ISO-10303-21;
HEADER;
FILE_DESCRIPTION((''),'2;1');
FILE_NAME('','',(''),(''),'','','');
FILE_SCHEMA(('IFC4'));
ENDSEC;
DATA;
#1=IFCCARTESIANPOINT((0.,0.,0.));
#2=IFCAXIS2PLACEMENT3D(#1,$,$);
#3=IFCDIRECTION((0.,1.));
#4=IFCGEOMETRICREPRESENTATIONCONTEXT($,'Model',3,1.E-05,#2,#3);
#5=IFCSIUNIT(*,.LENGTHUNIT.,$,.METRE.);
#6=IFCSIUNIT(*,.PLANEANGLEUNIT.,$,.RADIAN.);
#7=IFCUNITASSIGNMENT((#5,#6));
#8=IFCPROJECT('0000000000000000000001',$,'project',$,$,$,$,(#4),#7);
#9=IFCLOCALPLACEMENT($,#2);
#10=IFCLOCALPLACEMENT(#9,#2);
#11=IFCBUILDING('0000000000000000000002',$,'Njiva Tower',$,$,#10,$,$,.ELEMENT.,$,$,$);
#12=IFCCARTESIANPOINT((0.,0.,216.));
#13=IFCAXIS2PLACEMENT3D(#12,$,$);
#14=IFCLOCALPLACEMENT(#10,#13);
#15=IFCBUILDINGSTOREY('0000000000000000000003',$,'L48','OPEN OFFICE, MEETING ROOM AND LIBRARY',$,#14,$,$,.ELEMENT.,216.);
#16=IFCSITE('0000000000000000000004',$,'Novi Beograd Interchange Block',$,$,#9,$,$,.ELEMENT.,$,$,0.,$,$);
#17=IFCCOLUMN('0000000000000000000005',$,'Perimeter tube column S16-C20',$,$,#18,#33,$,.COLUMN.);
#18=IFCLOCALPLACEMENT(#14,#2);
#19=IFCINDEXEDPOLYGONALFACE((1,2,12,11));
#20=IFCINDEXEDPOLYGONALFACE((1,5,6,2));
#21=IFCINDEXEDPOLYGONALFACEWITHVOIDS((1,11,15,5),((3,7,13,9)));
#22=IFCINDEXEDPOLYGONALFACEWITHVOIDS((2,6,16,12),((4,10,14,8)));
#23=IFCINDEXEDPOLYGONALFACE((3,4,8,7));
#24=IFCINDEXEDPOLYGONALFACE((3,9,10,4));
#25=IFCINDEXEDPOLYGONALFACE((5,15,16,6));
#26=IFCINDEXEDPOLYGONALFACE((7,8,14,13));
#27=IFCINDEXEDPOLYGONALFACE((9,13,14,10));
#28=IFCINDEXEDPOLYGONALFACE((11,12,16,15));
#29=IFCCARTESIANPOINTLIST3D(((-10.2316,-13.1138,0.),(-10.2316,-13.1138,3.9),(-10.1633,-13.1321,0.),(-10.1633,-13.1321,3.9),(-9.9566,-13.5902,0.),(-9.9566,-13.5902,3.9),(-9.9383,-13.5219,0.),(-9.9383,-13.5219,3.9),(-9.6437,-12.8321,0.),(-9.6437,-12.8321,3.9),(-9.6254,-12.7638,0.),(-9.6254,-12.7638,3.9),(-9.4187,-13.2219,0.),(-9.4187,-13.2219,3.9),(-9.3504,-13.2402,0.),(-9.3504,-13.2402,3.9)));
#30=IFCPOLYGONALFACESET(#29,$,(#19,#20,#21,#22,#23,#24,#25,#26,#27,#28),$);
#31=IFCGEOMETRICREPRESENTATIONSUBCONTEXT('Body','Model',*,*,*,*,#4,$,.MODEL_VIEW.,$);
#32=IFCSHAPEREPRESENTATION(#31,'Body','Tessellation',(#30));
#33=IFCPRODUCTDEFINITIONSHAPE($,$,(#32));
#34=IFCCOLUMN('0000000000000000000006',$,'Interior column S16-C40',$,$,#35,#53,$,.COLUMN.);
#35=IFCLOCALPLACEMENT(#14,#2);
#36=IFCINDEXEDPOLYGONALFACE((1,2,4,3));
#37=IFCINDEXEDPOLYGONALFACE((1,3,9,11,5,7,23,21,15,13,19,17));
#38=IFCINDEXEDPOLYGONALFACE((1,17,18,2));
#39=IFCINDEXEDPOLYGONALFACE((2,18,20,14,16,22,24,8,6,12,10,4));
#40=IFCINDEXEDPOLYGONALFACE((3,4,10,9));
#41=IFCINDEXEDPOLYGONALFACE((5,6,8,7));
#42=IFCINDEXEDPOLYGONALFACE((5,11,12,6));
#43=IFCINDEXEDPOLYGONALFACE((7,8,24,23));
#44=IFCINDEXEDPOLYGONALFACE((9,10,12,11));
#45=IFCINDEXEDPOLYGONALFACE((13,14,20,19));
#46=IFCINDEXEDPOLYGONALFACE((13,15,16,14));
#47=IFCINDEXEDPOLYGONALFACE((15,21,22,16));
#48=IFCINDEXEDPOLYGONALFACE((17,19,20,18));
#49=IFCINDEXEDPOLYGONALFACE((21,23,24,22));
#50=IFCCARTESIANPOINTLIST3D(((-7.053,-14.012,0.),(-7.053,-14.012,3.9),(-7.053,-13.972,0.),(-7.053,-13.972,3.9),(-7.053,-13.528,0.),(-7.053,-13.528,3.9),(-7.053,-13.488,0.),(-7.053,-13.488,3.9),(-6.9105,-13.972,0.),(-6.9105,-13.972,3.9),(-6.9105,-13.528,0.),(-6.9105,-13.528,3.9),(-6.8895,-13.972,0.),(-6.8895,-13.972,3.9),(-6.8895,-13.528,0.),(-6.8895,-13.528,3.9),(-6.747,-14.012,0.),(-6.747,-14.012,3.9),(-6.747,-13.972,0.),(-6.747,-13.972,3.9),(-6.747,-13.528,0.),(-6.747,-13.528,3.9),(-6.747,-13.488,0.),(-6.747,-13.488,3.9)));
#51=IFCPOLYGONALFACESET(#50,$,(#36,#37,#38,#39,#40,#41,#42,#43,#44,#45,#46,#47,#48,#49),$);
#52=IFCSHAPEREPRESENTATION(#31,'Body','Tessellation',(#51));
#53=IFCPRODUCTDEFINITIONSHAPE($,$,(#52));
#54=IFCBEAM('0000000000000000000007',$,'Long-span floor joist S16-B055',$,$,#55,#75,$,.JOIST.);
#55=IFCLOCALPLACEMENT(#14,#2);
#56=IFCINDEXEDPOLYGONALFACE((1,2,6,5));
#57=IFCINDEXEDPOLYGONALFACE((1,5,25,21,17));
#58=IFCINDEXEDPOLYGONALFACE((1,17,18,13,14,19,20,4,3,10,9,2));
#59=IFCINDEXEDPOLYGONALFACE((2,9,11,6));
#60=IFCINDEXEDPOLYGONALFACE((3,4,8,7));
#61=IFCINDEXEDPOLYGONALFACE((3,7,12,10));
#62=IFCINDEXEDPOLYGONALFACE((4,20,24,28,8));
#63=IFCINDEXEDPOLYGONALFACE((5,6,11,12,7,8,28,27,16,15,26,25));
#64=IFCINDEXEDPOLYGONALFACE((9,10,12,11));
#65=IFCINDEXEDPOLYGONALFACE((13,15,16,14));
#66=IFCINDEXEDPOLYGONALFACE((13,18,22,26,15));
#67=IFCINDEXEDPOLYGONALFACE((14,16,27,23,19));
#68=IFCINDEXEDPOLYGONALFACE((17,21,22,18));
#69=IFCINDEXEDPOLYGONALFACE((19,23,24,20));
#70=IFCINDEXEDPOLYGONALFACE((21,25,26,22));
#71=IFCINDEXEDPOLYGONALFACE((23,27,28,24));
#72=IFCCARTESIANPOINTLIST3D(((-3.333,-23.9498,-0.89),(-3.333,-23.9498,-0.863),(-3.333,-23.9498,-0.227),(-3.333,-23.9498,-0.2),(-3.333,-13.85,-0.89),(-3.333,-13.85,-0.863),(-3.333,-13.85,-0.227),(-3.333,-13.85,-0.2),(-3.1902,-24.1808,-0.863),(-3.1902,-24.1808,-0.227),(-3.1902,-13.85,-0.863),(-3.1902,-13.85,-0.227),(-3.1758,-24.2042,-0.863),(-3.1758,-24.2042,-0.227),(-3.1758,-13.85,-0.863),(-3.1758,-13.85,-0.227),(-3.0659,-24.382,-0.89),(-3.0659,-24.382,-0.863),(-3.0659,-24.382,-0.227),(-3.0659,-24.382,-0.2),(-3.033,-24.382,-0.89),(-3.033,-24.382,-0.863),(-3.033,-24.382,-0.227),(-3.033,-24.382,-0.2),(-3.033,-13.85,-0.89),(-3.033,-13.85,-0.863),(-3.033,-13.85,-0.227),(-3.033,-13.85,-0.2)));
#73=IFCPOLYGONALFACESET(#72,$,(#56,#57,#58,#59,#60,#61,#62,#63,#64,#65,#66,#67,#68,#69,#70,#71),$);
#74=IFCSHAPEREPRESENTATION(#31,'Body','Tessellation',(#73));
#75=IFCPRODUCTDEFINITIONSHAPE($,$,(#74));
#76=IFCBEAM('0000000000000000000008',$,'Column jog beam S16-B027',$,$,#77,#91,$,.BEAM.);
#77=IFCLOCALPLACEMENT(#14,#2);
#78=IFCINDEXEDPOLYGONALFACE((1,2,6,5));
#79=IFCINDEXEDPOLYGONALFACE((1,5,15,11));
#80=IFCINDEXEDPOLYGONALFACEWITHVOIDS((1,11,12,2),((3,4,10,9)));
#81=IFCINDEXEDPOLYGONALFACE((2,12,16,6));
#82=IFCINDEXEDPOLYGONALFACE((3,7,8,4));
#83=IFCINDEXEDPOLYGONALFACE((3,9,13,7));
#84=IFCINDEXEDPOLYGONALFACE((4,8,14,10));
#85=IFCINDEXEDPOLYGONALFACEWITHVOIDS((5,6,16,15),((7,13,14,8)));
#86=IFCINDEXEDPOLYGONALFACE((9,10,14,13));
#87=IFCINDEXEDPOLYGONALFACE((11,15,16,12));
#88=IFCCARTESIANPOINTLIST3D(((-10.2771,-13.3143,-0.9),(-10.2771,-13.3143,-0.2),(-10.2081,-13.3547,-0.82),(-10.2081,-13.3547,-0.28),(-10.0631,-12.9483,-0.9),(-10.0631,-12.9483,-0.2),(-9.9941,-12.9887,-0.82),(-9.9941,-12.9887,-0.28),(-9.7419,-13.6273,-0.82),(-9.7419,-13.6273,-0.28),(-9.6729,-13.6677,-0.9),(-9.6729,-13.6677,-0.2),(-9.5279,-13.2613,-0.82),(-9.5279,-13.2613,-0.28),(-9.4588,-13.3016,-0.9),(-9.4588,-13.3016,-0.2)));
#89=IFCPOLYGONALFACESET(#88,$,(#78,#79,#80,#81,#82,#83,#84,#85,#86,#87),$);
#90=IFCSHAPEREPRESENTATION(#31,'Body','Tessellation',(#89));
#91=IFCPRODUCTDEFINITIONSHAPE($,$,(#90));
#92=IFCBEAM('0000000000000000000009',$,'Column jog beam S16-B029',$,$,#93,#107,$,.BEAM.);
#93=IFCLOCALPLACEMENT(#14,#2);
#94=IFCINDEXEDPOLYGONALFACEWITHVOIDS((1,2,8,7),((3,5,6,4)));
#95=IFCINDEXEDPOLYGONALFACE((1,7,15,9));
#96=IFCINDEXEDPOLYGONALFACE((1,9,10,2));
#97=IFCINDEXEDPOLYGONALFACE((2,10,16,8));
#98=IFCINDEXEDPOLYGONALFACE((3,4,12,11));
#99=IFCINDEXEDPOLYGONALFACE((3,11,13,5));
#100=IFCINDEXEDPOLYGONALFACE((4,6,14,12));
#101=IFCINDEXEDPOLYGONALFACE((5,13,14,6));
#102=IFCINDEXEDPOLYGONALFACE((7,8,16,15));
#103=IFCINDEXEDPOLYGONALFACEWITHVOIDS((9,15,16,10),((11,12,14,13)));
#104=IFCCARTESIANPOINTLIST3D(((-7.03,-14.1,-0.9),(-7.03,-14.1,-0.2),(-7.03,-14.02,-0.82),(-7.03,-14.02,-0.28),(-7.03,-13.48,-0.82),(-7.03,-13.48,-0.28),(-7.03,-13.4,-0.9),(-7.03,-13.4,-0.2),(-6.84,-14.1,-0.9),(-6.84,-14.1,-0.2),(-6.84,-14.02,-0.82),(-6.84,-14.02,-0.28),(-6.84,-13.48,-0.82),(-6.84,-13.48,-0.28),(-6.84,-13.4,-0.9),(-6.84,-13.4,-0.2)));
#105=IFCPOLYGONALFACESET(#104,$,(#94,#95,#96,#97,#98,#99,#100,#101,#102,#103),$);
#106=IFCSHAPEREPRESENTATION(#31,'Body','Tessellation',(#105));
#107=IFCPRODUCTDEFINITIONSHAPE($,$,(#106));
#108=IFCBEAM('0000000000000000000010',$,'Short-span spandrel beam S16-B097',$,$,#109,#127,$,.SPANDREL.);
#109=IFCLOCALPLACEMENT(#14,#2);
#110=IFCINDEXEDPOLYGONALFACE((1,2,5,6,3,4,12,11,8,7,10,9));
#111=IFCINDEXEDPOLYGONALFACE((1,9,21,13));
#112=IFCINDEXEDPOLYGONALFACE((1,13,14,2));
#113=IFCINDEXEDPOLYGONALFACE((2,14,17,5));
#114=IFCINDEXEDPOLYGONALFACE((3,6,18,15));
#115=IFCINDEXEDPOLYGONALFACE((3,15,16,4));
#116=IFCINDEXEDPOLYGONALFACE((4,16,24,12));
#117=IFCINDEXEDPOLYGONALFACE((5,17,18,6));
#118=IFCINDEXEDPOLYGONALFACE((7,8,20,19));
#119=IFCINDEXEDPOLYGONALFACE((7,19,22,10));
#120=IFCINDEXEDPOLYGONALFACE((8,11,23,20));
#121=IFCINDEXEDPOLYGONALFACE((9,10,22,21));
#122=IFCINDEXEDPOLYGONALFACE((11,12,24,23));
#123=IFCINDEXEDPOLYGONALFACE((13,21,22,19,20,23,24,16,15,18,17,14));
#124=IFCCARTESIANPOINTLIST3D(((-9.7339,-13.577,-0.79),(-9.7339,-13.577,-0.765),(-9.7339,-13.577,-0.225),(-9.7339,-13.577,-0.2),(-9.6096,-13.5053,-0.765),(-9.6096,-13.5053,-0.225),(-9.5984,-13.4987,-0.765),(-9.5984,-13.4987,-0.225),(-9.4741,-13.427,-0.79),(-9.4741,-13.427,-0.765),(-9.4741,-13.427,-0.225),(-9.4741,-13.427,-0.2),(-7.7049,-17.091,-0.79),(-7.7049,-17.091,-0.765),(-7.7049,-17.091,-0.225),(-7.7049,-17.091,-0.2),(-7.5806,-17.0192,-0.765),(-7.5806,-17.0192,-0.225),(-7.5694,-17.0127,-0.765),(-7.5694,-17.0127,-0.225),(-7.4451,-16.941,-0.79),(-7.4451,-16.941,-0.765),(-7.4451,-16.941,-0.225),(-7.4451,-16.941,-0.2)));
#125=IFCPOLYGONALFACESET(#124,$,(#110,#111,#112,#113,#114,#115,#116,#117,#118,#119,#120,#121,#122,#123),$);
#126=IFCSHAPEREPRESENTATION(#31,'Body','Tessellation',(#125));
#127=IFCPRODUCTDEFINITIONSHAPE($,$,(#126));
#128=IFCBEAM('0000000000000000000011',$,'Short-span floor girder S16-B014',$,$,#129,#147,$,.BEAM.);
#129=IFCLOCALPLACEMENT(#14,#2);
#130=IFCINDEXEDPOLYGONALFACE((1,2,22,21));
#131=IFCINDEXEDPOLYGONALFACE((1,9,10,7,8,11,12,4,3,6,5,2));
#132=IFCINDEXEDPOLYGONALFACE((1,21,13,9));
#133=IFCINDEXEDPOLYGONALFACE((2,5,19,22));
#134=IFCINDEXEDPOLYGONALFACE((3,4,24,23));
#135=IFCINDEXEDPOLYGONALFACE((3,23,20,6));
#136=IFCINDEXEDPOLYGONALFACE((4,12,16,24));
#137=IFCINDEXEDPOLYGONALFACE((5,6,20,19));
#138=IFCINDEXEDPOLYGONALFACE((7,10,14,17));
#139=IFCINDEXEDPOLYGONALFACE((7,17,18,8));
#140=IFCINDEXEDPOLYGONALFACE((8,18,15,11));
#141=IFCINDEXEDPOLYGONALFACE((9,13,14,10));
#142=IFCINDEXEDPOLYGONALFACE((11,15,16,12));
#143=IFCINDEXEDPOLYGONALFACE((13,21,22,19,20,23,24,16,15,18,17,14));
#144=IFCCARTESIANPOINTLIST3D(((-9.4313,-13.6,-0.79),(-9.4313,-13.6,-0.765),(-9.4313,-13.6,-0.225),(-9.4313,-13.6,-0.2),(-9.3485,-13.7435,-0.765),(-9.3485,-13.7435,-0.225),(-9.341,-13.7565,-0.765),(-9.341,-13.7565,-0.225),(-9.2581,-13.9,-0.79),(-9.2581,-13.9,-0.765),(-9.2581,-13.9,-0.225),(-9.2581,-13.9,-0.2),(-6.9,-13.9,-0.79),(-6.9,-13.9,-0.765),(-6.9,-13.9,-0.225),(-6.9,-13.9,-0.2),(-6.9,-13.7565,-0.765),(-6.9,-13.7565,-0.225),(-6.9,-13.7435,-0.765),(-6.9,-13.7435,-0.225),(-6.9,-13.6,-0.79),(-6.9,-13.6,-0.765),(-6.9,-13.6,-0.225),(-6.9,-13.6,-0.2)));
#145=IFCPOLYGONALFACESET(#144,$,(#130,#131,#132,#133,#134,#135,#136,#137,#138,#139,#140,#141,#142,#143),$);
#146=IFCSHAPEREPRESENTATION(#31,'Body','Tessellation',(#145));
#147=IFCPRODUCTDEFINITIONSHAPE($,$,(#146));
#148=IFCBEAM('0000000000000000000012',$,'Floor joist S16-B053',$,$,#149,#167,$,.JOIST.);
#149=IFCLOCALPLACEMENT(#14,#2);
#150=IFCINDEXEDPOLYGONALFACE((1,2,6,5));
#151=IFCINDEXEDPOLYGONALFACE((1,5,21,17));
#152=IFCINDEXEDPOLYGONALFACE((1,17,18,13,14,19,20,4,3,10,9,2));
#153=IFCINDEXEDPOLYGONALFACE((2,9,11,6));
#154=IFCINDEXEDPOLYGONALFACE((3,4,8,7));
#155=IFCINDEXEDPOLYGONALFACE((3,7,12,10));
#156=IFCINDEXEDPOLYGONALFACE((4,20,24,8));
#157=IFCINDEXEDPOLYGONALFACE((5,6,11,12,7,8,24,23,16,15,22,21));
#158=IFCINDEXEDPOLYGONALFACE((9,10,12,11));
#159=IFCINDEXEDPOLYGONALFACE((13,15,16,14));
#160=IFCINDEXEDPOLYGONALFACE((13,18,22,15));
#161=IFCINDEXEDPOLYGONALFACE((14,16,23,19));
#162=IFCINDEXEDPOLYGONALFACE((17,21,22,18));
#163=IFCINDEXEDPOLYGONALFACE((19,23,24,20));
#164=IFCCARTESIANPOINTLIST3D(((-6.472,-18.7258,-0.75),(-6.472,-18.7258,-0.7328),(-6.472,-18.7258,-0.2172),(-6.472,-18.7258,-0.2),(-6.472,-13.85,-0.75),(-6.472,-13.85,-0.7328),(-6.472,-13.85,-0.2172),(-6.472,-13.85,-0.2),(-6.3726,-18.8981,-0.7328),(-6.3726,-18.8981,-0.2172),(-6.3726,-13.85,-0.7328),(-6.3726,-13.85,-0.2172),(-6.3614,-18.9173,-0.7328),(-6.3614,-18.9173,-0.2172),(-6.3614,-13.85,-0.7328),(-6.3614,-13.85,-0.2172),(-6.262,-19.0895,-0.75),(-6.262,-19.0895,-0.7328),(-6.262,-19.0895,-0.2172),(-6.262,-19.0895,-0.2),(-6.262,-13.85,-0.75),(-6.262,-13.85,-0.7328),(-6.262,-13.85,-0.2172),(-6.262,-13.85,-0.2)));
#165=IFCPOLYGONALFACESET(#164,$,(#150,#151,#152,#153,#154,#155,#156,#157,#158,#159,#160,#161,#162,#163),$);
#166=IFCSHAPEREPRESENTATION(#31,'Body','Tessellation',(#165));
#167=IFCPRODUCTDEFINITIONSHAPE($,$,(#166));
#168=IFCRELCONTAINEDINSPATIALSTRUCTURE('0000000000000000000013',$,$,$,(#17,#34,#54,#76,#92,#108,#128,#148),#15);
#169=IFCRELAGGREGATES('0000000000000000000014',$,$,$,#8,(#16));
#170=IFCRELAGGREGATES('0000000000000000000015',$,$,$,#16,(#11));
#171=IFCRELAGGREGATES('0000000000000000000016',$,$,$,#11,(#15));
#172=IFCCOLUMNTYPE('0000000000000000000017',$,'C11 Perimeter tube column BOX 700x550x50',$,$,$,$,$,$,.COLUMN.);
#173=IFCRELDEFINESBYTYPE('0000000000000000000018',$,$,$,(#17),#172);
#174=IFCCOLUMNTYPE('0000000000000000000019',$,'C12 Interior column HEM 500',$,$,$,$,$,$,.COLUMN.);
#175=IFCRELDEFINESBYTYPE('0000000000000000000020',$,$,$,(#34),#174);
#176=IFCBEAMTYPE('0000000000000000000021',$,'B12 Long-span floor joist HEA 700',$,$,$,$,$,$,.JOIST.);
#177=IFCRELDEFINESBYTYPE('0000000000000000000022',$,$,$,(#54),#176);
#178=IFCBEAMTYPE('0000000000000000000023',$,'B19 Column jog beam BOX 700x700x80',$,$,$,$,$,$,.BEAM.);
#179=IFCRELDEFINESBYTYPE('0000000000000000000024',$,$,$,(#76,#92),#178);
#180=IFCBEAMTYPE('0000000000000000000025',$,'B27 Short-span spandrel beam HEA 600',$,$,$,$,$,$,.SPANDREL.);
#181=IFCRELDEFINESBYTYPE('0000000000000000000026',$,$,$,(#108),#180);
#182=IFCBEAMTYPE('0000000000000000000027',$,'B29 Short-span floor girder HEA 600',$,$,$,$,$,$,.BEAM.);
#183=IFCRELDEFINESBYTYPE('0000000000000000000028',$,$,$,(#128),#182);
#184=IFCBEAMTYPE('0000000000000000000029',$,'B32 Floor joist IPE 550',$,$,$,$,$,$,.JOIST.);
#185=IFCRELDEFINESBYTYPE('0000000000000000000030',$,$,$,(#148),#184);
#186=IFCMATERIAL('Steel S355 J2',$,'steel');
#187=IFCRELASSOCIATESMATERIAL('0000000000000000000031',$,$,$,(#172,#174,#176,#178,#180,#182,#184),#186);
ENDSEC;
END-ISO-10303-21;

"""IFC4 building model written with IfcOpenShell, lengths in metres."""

from ifc_helpers import new_model, si_unit, direction, frame, origin, origin_2d, place, context, subcontext, project, spatial, hollow_rectangle, i_section, extrude, clip, halfspace, material, material_profile, profile_set, type_object, element, save


model = new_model("IFC4")

# Units and contexts
model_context = context("Model", 3, precision=1e-05, world=origin(), true_north=direction((0.0, 1.0)))
body_context = subcontext(model_context, "Body", "Model", "MODEL_VIEW")
ifc_project = project(units=[si_unit("LENGTHUNIT", "METRE"), si_unit("PLANEANGLEUNIT", "RADIAN")], contexts=[model_context])

# Site, building, storey
site_placement = place(None, origin())
site = spatial("IfcSite", under=ifc_project, at=site_placement, Name="Novi Beograd Interchange Block", CompositionType="ELEMENT", RefElevation=0.0)
building_placement = place(site_placement, origin())
building = spatial("IfcBuilding", under=site, at=building_placement, Name="Njiva Tower", CompositionType="ELEMENT")
storey_placement = place(building_placement, frame((0.0, 0.0, 216.0)))
storey = spatial("IfcBuildingStorey", under=building, at=storey_placement, Name="L48", Description="OPEN OFFICE, MEETING ROOM AND LIBRARY", CompositionType="ELEMENT", Elevation=216.0)

# Columns
ifc_material_1 = material(Name="Steel S355 J2", Category="steel")
ifc_material_profile_1 = material_profile(ifc_material_1, hollow_rectangle(XDim=0.55, YDim=0.7, WallThickness=0.05, at=origin_2d()), Name="BOX 700x550x50")
ifc_profile_set_1 = profile_set([ifc_material_profile_1], Name="Steel S355 J2")
column_type_1 = type_object("IfcColumnType", Name="C11 Perimeter tube column BOX 700x550x50", PredefinedType="COLUMN", material=ifc_profile_set_1)
column_1_placement = place(storey_placement, frame((-9.791, -13.177, 0.0), z_axis=(0.0, 0.0, 1.0), x_axis=(0.5, -0.866025, 0.0)))
element("IfcColumn", 1, at=column_1_placement, inside=storey, type_object=column_type_1, Name="Perimeter tube column S16-C20", PredefinedType="COLUMN", context=body_context, shape_type="SweptSolid", body=[
    extrude(hollow_rectangle(XDim=0.55, YDim=0.7, WallThickness=0.05, at=origin_2d()), origin(), (0.0, 0.0, 1.0), 3.9),
])
ifc_material_profile_2 = material_profile(ifc_material_1, i_section(OverallWidth=0.306, OverallDepth=0.524, WebThickness=0.021, FlangeThickness=0.04, at=origin_2d()), Name="HEM 500")
ifc_profile_set_2 = profile_set([ifc_material_profile_2], Name="Steel S355 J2")
column_type_2 = type_object("IfcColumnType", Name="C12 Interior column HEM 500", PredefinedType="COLUMN", material=ifc_profile_set_2)
column_2_placement = place(storey_placement, frame((-6.9, -13.75, 0.0), z_axis=(0.0, 0.0, 1.0), x_axis=(1.0, 0.0, 0.0)))
element("IfcColumn", 2, at=column_2_placement, inside=storey, type_object=column_type_2, Name="Interior column S16-C40", PredefinedType="COLUMN", context=body_context, shape_type="SweptSolid", body=[
    extrude(i_section(OverallWidth=0.306, OverallDepth=0.524, WebThickness=0.021, FlangeThickness=0.04, at=origin_2d()), origin(), (0.0, 0.0, 1.0), 3.9),
])

# Beams
ifc_material_profile_3 = material_profile(ifc_material_1, i_section(OverallWidth=0.3, OverallDepth=0.69, WebThickness=0.0145, FlangeThickness=0.027, at=origin_2d()), Name="HEA 700")
ifc_profile_set_3 = profile_set([ifc_material_profile_3], Name="Steel S355 J2")
beam_type_1 = type_object("IfcBeamType", Name="B12 Long-span floor joist HEA 700", PredefinedType="JOIST", material=ifc_profile_set_3)
beam_1_placement = place(storey_placement, frame((-3.183, -13.85, -0.545), z_axis=(0.0, -1.0, 0.0), x_axis=(1.0, 0.0, 0.0)))
element("IfcBeam", 3, at=beam_1_placement, inside=storey, type_object=beam_type_1, Name="Long-span floor joist S16-B055", PredefinedType="JOIST", context=body_context, shape_type="Clipping", body=[
    clip(extrude(i_section(OverallWidth=0.3, OverallDepth=0.69, WebThickness=0.0145, FlangeThickness=0.027, at=origin_2d()), origin(), (0.0, 0.0, 1.0), 10.532), halfspace(frame((-0.0429, 0.0, 10.2731), z_axis=(-0.850625, 0.0, 0.525773), x_axis=(0.0, 1.0, 0.0)), False)),
])
ifc_material_profile_4 = material_profile(ifc_material_1, hollow_rectangle(XDim=0.7, YDim=0.7, WallThickness=0.08, at=origin_2d()), Name="BOX 700x700x80")
ifc_profile_set_4 = profile_set([ifc_material_profile_4], Name="Steel S355 J2")
beam_type_2 = type_object("IfcBeamType", Name="B19 Column jog beam BOX 700x700x80", PredefinedType="BEAM", material=ifc_profile_set_4)
beam_2_placement = place(storey_placement, frame((-9.975, -13.491, -0.55), z_axis=(0.504751, 0.863265, 0.0), x_axis=(-0.863265, 0.504751, 0.0)))
element("IfcBeam", 4, at=beam_2_placement, inside=storey, type_object=beam_type_2, Name="Column jog beam S16-B027", PredefinedType="BEAM", context=body_context, shape_type="SweptSolid", body=[
    extrude(hollow_rectangle(XDim=0.7, YDim=0.7, WallThickness=0.08, at=origin_2d()), origin(), (0.0, 0.0, 1.0), 0.424),
])
beam_3_placement = place(storey_placement, frame((-7.03, -13.75, -0.55), z_axis=(1.0, 0.0, 0.0), x_axis=(0.0, 1.0, 0.0)))
element("IfcBeam", 5, at=beam_3_placement, inside=storey, type_object=beam_type_2, Name="Column jog beam S16-B029", PredefinedType="BEAM", context=body_context, shape_type="SweptSolid", body=[
    extrude(hollow_rectangle(XDim=0.7, YDim=0.7, WallThickness=0.08, at=origin_2d()), origin(), (0.0, 0.0, 1.0), 0.19),
])
ifc_material_profile_5 = material_profile(ifc_material_1, i_section(OverallWidth=0.3, OverallDepth=0.59, WebThickness=0.013, FlangeThickness=0.025, at=origin_2d()), Name="HEA 600")
ifc_profile_set_5 = profile_set([ifc_material_profile_5], Name="Steel S355 J2")
beam_type_3 = type_object("IfcBeamType", Name="B27 Short-span spandrel beam HEA 600", PredefinedType="SPANDREL", material=ifc_profile_set_5)
beam_4_placement = place(storey_placement, frame((-9.604, -13.502, -0.495), z_axis=(0.500035, -0.866005, 0.0), x_axis=(0.866005, 0.500035, 0.0)))
element("IfcBeam", 6, at=beam_4_placement, inside=storey, type_object=beam_type_3, Name="Short-span spandrel beam S16-B097", PredefinedType="SPANDREL", context=body_context, shape_type="SweptSolid", body=[
    extrude(i_section(OverallWidth=0.3, OverallDepth=0.59, WebThickness=0.013, FlangeThickness=0.025, at=origin_2d()), origin(), (0.0, 0.0, 1.0), 4.0577),
])
ifc_material_profile_6 = material_profile(ifc_material_1, i_section(OverallWidth=0.3, OverallDepth=0.59, WebThickness=0.013, FlangeThickness=0.025, at=origin_2d()), Name="HEA 600")
ifc_profile_set_6 = profile_set([ifc_material_profile_6], Name="Steel S355 J2")
beam_type_4 = type_object("IfcBeamType", Name="B29 Short-span floor girder HEA 600", PredefinedType="BEAM", material=ifc_profile_set_6)
beam_5_placement = place(storey_placement, frame((-9.452, -13.75, -0.495), z_axis=(1.0, 0.0, 0.0), x_axis=(0.0, 1.0, 0.0)))
element("IfcBeam", 7, at=beam_5_placement, inside=storey, type_object=beam_type_4, Name="Short-span floor girder S16-B014", PredefinedType="BEAM", context=body_context, shape_type="Clipping", body=[
    clip(extrude(i_section(OverallWidth=0.3, OverallDepth=0.59, WebThickness=0.013, FlangeThickness=0.025, at=origin_2d()), origin(), (0.0, 0.0, 1.0), 2.552), halfspace(frame((-0.025, 0.0, 0.1217), z_axis=(-0.499998, 0.0, -0.866027), x_axis=(0.0, -1.0, 0.0)), False)),
])
ifc_material_profile_7 = material_profile(ifc_material_1, i_section(OverallWidth=0.21, OverallDepth=0.55, WebThickness=0.0111, FlangeThickness=0.0172, at=origin_2d()), Name="IPE 550")
ifc_profile_set_7 = profile_set([ifc_material_profile_7], Name="Steel S355 J2")
beam_type_5 = type_object("IfcBeamType", Name="B32 Floor joist IPE 550", PredefinedType="JOIST", material=ifc_profile_set_7)
beam_6_placement = place(storey_placement, frame((-6.367, -13.85, -0.475), z_axis=(0.0, -1.0, 0.0), x_axis=(1.0, 0.0, 0.0)))
element("IfcBeam", 8, at=beam_6_placement, inside=storey, type_object=beam_type_5, Name="Floor joist S16-B053", PredefinedType="JOIST", context=body_context, shape_type="Clipping", body=[
    clip(extrude(i_section(OverallWidth=0.21, OverallDepth=0.55, WebThickness=0.0111, FlangeThickness=0.0172, at=origin_2d()), origin(), (0.0, 0.0, 1.0), 5.26), halfspace(frame((-0.043, 0.0, 4.9832), z_axis=(-0.866027, 0.0, 0.499998), x_axis=(0.0, 1.0, 0.0)), False)),
])

save(model, "model.ifc")
